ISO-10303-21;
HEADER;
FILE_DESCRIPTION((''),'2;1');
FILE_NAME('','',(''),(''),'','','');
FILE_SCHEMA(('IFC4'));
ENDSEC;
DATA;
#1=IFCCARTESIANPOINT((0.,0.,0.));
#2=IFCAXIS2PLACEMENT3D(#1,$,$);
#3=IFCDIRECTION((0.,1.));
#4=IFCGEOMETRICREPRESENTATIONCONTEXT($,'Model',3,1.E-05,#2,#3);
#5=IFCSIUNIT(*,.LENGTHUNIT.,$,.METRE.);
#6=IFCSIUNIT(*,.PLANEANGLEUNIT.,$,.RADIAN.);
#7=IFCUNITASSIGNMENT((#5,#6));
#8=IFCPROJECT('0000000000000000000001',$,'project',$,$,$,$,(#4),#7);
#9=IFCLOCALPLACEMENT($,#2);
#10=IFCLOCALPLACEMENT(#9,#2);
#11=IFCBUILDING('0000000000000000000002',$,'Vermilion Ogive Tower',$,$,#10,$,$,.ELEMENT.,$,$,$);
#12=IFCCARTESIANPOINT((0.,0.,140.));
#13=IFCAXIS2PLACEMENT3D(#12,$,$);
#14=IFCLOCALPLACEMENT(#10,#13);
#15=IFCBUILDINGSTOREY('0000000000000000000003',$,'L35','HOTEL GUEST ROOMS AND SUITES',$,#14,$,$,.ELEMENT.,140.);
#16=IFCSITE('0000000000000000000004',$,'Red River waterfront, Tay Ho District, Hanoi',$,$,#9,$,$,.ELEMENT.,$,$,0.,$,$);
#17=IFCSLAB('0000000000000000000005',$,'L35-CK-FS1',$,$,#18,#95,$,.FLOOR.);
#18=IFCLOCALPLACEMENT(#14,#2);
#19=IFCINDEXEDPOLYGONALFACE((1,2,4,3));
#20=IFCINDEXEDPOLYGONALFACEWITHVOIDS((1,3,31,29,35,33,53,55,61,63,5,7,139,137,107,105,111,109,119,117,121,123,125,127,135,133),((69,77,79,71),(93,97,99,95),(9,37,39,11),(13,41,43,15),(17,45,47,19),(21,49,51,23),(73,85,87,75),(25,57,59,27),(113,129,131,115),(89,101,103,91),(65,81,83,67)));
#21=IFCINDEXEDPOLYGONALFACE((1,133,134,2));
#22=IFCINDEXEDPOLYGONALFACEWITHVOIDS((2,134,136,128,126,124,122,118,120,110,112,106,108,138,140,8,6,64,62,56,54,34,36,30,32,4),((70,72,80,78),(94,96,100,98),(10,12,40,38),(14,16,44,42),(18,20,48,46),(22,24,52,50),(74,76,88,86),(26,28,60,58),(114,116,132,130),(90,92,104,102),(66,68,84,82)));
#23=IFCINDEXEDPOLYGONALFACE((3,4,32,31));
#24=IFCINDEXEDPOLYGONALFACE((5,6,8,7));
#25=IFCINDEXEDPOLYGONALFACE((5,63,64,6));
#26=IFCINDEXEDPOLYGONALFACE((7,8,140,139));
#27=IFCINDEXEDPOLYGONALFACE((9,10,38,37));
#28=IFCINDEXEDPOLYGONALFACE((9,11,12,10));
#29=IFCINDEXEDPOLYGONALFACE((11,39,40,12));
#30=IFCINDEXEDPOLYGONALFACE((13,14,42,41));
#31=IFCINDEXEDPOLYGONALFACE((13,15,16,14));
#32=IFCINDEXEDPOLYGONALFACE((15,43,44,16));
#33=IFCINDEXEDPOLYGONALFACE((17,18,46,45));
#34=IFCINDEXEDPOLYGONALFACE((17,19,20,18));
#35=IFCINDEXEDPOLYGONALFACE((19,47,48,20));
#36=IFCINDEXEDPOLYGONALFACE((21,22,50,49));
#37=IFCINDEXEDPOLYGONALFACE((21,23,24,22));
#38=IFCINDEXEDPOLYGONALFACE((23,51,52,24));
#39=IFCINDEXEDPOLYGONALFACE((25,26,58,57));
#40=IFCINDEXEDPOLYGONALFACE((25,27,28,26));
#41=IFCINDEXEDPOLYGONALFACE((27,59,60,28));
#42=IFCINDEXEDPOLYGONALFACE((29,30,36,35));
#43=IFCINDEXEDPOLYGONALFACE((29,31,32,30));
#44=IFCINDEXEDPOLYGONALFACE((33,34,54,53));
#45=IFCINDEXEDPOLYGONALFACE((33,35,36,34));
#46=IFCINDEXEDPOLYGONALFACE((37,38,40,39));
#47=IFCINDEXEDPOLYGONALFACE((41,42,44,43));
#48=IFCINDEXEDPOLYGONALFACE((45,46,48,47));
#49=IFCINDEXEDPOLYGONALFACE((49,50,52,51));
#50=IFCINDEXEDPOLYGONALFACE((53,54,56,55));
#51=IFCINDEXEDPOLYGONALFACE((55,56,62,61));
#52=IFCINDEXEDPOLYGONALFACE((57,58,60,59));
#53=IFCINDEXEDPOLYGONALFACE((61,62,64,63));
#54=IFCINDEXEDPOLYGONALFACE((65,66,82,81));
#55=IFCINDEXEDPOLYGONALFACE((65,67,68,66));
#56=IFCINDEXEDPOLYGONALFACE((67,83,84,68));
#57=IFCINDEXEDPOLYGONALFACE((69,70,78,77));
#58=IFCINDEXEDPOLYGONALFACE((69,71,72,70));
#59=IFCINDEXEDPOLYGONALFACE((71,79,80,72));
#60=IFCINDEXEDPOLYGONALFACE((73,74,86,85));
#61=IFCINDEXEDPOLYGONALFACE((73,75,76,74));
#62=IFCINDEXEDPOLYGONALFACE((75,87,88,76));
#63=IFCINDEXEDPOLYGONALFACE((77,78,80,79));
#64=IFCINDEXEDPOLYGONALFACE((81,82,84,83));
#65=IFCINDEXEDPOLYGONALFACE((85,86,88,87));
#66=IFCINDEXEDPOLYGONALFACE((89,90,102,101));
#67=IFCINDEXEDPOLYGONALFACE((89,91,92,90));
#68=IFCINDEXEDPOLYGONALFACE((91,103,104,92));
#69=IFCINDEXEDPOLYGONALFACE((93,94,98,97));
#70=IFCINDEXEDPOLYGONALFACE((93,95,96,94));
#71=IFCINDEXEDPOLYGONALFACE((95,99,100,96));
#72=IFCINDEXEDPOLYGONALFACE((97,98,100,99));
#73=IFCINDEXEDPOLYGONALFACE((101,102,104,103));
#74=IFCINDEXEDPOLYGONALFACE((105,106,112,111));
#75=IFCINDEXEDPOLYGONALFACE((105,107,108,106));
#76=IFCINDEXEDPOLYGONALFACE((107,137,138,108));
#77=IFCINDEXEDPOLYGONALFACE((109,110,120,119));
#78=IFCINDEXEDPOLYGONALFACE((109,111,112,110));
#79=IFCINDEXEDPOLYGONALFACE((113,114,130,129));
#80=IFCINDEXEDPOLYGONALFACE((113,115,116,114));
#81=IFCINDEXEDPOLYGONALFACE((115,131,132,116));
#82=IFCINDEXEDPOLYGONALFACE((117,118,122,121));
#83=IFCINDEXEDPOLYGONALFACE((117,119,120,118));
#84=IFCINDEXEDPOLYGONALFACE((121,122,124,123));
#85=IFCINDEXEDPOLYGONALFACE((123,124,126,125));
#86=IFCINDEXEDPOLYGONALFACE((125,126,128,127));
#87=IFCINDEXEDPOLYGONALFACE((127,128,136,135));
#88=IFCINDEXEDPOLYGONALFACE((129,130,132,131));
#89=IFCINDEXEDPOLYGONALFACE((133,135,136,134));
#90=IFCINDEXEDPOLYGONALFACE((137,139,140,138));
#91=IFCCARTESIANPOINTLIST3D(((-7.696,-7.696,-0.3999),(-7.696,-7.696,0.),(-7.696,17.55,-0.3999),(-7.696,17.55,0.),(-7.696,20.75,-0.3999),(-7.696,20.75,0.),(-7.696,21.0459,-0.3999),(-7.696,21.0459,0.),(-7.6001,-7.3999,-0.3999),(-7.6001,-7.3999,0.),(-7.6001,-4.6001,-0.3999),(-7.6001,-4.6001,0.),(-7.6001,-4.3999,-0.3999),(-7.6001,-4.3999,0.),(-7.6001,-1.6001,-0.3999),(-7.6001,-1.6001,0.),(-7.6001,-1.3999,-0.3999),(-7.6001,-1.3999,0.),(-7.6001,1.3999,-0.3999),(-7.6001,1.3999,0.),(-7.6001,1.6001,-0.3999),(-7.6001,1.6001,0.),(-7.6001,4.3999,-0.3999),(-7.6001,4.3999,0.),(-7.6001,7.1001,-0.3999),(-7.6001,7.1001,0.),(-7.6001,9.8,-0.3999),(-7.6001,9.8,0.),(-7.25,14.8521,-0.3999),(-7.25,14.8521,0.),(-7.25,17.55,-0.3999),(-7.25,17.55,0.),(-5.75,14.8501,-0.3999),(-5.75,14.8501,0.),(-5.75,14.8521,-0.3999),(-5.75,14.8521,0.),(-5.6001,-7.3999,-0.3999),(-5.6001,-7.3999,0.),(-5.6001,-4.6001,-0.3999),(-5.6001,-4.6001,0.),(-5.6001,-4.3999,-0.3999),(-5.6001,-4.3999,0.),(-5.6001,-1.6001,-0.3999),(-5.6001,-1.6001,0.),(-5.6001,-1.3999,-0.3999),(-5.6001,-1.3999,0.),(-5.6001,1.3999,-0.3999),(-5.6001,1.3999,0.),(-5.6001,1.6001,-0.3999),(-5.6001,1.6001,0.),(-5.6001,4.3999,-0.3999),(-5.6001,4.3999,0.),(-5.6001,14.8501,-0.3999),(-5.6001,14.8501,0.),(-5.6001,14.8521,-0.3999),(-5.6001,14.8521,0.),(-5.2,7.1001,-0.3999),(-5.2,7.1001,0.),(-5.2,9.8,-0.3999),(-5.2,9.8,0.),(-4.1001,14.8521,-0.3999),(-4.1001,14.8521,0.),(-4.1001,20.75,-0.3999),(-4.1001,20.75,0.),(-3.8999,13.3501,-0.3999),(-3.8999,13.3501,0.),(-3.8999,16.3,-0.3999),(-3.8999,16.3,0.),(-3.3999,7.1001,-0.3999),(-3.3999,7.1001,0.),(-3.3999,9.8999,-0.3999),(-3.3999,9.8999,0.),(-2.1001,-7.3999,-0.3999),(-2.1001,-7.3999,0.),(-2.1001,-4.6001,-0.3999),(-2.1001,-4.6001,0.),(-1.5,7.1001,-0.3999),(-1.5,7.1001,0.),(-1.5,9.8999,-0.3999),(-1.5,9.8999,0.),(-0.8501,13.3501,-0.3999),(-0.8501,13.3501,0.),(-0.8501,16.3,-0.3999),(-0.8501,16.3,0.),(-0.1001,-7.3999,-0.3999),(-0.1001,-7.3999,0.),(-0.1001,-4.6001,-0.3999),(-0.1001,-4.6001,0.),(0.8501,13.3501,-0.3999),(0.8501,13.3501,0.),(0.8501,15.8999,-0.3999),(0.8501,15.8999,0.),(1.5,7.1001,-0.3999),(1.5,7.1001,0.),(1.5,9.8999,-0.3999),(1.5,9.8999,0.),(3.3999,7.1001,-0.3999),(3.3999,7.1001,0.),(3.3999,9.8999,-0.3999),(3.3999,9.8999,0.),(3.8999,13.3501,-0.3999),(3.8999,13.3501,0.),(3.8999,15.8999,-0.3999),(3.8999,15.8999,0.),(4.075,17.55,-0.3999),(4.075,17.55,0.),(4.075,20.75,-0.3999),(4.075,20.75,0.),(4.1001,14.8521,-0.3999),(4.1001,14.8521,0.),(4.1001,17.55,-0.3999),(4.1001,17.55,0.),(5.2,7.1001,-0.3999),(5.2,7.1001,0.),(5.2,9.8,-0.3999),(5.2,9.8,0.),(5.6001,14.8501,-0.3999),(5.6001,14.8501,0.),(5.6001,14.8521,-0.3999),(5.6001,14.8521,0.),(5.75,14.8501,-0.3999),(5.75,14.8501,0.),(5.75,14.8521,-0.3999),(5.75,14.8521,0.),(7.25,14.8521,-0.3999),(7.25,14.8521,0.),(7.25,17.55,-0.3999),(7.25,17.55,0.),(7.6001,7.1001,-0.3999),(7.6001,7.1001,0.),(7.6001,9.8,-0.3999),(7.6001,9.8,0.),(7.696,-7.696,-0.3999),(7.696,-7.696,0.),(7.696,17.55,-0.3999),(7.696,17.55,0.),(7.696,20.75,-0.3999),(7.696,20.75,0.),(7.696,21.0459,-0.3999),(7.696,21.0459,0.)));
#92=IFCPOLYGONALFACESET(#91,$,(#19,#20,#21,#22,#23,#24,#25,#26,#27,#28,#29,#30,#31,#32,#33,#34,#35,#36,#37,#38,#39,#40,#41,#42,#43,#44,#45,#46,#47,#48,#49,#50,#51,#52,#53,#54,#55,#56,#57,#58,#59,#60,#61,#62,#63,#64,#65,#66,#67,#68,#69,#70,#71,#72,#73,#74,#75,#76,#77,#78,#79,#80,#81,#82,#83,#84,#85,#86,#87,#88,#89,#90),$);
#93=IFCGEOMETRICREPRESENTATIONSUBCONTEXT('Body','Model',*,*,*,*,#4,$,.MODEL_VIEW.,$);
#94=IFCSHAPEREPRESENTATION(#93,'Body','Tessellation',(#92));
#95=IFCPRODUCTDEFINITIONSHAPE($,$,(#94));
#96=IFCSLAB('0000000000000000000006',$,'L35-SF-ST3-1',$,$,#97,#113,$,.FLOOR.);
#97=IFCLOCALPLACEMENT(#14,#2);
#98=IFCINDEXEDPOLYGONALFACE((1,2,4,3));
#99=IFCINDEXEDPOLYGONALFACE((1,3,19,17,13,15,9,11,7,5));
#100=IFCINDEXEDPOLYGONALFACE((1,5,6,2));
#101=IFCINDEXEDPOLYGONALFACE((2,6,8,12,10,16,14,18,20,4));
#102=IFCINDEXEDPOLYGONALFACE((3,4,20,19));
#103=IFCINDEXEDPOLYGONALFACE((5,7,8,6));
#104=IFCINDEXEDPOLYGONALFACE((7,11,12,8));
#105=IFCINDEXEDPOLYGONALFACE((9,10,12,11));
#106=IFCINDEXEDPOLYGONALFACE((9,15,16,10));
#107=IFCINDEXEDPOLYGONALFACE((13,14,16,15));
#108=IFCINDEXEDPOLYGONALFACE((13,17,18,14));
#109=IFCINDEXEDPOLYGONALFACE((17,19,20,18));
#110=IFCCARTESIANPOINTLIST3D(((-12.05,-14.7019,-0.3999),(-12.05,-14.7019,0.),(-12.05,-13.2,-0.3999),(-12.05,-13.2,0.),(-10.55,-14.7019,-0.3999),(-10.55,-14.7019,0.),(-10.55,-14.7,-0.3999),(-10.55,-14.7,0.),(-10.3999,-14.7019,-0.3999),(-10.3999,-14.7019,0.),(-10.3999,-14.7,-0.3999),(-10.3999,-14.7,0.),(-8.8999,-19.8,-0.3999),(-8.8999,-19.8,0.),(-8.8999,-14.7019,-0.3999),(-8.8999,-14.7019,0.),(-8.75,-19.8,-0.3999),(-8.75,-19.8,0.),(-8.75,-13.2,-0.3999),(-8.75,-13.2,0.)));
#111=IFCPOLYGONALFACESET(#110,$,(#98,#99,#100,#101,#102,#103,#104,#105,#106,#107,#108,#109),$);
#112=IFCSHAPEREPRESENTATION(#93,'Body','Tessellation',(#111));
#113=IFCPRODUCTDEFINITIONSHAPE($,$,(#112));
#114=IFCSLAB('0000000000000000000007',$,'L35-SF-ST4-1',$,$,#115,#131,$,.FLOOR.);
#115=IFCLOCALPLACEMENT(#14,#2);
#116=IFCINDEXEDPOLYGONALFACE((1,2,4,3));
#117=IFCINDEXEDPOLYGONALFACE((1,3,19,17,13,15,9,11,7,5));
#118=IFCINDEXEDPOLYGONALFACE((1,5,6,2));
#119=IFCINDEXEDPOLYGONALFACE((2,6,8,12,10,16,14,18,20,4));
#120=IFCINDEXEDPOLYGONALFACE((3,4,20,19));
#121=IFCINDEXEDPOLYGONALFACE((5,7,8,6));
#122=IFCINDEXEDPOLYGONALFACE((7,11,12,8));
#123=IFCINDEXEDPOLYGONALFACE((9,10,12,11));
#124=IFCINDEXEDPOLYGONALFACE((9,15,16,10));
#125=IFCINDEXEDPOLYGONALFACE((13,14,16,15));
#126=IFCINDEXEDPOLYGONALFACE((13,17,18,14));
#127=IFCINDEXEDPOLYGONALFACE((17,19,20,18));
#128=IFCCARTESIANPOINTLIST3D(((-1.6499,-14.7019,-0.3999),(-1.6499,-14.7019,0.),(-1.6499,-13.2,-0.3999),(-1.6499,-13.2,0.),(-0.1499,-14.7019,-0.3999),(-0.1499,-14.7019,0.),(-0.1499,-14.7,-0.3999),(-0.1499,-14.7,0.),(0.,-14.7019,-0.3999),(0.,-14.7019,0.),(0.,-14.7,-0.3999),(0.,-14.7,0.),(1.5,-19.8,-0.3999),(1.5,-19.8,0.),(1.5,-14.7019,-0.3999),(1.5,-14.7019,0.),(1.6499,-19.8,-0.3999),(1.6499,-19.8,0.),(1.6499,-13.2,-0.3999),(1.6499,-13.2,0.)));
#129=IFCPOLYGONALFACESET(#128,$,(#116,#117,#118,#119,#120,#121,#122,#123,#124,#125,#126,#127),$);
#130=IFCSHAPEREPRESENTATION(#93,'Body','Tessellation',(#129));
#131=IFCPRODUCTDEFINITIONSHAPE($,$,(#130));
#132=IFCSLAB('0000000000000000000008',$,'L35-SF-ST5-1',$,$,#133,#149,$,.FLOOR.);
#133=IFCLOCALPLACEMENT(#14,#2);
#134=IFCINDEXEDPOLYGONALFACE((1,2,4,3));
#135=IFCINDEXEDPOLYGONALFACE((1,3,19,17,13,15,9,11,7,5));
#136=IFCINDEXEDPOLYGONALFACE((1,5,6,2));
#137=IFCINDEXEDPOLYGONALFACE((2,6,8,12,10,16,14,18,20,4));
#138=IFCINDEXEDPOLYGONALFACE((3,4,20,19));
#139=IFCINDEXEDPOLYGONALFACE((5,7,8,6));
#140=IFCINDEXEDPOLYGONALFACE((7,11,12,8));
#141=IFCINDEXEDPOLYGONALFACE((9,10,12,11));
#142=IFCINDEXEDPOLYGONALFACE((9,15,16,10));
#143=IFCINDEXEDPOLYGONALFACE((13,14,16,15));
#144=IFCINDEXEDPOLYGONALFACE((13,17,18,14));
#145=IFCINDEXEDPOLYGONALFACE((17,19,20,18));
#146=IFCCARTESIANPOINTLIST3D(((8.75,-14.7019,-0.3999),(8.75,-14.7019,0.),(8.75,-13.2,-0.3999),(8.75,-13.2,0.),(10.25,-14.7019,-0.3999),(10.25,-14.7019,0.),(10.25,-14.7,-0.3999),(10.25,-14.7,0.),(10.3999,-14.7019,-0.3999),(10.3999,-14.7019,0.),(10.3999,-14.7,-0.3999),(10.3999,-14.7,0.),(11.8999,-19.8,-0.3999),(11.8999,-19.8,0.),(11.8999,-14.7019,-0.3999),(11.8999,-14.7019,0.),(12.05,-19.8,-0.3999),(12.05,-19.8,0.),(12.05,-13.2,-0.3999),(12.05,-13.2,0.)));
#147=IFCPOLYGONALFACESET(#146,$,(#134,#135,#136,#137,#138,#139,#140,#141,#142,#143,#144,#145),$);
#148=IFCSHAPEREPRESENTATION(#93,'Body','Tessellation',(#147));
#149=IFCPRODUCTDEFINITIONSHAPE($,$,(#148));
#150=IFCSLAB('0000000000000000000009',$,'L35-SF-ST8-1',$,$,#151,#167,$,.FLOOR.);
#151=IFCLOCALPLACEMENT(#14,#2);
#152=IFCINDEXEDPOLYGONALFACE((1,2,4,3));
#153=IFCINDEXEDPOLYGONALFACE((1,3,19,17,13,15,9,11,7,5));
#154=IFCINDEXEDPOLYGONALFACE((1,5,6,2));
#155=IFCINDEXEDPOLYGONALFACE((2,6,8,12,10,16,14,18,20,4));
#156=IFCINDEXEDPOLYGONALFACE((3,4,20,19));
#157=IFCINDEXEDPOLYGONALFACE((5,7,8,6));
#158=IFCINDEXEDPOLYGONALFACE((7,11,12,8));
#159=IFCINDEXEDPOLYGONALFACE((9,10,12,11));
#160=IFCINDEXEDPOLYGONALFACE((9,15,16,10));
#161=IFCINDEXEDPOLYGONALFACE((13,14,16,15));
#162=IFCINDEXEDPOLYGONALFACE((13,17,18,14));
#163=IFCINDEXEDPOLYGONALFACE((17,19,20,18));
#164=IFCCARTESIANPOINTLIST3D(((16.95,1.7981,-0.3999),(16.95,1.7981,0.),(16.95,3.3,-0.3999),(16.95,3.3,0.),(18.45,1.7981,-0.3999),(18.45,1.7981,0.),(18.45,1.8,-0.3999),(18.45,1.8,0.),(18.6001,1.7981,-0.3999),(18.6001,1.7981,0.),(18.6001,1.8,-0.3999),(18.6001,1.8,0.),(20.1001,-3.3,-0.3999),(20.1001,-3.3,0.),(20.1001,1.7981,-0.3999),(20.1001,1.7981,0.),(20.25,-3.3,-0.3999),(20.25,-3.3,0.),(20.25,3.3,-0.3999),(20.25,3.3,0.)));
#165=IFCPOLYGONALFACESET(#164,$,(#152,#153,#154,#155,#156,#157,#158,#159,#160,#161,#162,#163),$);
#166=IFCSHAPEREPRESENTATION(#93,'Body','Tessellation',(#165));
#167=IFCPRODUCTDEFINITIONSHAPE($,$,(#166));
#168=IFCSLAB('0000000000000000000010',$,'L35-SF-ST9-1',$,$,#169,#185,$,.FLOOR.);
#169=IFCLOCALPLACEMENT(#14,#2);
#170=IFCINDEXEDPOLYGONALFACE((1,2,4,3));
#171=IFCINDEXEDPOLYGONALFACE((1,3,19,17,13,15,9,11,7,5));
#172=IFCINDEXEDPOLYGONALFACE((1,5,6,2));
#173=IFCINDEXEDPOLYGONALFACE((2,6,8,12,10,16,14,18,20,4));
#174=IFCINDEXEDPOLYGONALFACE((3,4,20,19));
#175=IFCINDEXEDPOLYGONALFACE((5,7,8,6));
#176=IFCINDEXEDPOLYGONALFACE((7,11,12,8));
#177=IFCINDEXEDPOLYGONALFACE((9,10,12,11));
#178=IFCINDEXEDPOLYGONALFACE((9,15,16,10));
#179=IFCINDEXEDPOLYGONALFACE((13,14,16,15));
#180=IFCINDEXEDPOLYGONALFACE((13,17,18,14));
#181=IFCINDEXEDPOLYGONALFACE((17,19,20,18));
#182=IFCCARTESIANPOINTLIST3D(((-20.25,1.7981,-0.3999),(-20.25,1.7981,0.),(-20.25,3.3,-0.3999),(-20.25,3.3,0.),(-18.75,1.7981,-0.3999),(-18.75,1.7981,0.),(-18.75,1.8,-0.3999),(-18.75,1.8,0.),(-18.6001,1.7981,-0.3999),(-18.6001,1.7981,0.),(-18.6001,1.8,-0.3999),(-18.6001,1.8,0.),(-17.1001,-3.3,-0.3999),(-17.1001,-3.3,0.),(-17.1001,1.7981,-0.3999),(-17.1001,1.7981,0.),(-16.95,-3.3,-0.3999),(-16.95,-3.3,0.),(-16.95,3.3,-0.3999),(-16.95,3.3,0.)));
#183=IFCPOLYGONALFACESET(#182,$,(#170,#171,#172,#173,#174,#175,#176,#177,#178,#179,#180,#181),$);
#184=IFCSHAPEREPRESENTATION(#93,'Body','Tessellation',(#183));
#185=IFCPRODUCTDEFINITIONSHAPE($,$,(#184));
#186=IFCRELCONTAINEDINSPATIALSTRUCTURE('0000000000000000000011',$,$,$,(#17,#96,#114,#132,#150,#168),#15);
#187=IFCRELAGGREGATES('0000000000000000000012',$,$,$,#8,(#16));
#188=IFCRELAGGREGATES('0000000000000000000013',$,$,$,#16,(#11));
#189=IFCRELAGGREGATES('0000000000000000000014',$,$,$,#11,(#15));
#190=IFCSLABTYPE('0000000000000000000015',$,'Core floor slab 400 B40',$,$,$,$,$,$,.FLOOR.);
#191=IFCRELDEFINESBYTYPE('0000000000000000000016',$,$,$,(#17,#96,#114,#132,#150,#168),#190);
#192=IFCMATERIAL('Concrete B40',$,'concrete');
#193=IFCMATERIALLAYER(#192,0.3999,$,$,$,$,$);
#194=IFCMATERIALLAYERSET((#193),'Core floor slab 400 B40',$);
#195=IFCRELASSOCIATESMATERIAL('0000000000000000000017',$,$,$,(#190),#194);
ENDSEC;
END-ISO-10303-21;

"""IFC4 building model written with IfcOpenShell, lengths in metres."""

from ifc_helpers import new_model, si_unit, direction, frame, origin, place, context, subcontext, project, spatial, polyline, outline, extrude, material, layer, layer_set, type_object, element, save


model = new_model("IFC4")

# Units and contexts
model_context = context("Model", 3, precision=1e-05, world=origin(), true_north=direction((0.0, 1.0)))
body_context = subcontext(model_context, "Body", "Model", "MODEL_VIEW")
ifc_project = project(units=[si_unit("LENGTHUNIT", "METRE"), si_unit("PLANEANGLEUNIT", "RADIAN")], contexts=[model_context])

# Site, building, storey
site_placement = place(None, origin())
site = spatial("IfcSite", under=ifc_project, at=site_placement, Name="Red River waterfront, Tay Ho District, Hanoi", CompositionType="ELEMENT", RefElevation=0.0)
building_placement = place(site_placement, origin())
building = spatial("IfcBuilding", under=site, at=building_placement, Name="Vermilion Ogive Tower", CompositionType="ELEMENT")
storey_placement = place(building_placement, frame((0.0, 0.0, 140.0)))
storey = spatial("IfcBuildingStorey", under=building, at=storey_placement, Name="L35", Description="HOTEL GUEST ROOMS AND SUITES", CompositionType="ELEMENT", Elevation=140.0)

# Slabs
ifc_material_1 = material(Name="Concrete B40", Category="concrete")
ifc_layer_1 = layer(ifc_material_1, 0.3999)
ifc_layer_set_1 = layer_set([ifc_layer_1], Name="Core floor slab 400 B40")
slab_type_1 = type_object("IfcSlabType", Name="Core floor slab 400 B40", PredefinedType="FLOOR", material=ifc_layer_set_1)
slab_1_placement = place(storey_placement, frame((0.0, 0.0, -0.3999)))
element("IfcSlab", 1, at=slab_1_placement, inside=storey, type_object=slab_type_1, Name="L35-CK-FS1", PredefinedType="FLOOR", context=body_context, shape_type="SweptSolid", body=[
    extrude(outline(polyline([(5.75, 14.8501), (5.6001, 14.8501), (5.6001, 14.8521), (4.1001, 14.8521), (4.1001, 17.55), (4.075, 17.55), (4.075, 20.75), (7.696, 20.75), (7.696, 21.0459), (-7.696, 21.0459), (-7.696, 20.75), (-4.1001, 20.75), (-4.1001, 14.8521), (-5.6001, 14.8521), (-5.6001, 14.8501), (-5.75, 14.8501), (-5.75, 14.8521), (-7.25, 14.8521), (-7.25, 17.55), (-7.696, 17.55), (-7.696, -7.696), (7.696, -7.696), (7.696, 17.55), (7.25, 17.55), (7.25, 14.8521), (5.75, 14.8521), (5.75, 14.8501)]), holes=[polyline([(-7.6001, -7.3999), (-7.6001, -4.6001), (-5.6001, -4.6001), (-5.6001, -7.3999), (-7.6001, -7.3999)]), polyline([(-7.6001, -4.3999), (-7.6001, -1.6001), (-5.6001, -1.6001), (-5.6001, -4.3999), (-7.6001, -4.3999)]), polyline([(-7.6001, -1.3999), (-7.6001, 1.3999), (-5.6001, 1.3999), (-5.6001, -1.3999), (-7.6001, -1.3999)]), polyline([(-7.6001, 1.6001), (-7.6001, 4.3999), (-5.6001, 4.3999), (-5.6001, 1.6001), (-7.6001, 1.6001)]), polyline([(-7.6001, 7.1001), (-7.6001, 9.8), (-5.2, 9.8), (-5.2, 7.1001), (-7.6001, 7.1001)]), polyline([(-3.3999, 9.8999), (-1.5, 9.8999), (-1.5, 7.1001), (-3.3999, 7.1001), (-3.3999, 9.8999)]), polyline([(-2.1001, -7.3999), (-2.1001, -4.6001), (-0.1001, -4.6001), (-0.1001, -7.3999), (-2.1001, -7.3999)]), polyline([(5.2, 7.1001), (5.2, 9.8), (7.6001, 9.8), (7.6001, 7.1001), (5.2, 7.1001)]), polyline([(1.5, 7.1001), (1.5, 9.8999), (3.3999, 9.8999), (3.3999, 7.1001), (1.5, 7.1001)]), polyline([(0.8501, 13.3501), (0.8501, 15.8999), (3.8999, 15.8999), (3.8999, 13.3501), (0.8501, 13.3501)]), polyline([(-3.8999, 16.3), (-0.8501, 16.3), (-0.8501, 13.3501), (-3.8999, 13.3501), (-3.8999, 16.3)])]), origin(), (0.0, 0.0, 1.0), 0.3999),
])
slab_2_placement = place(storey_placement, frame((0.0, 0.0, -0.3999)))
element("IfcSlab", 2, at=slab_2_placement, inside=storey, type_object=slab_type_1, Name="L35-SF-ST3-1", PredefinedType="FLOOR", context=body_context, shape_type="SweptSolid", body=[
    extrude(outline(polyline([(-12.05, -13.2), (-12.05, -14.7019), (-10.55, -14.7019), (-10.55, -14.7), (-10.3999, -14.7), (-10.3999, -14.7019), (-8.8999, -14.7019), (-8.8999, -19.8), (-8.75, -19.8), (-8.75, -13.2), (-12.05, -13.2)])), origin(), (0.0, 0.0, 1.0), 0.3999),
])
slab_3_placement = place(storey_placement, frame((0.0, 0.0, -0.3999)))
element("IfcSlab", 3, at=slab_3_placement, inside=storey, type_object=slab_type_1, Name="L35-SF-ST4-1", PredefinedType="FLOOR", context=body_context, shape_type="SweptSolid", body=[
    extrude(outline(polyline([(-1.6499, -13.2), (-1.6499, -14.7019), (-0.1499, -14.7019), (-0.1499, -14.7), (0.0, -14.7), (0.0, -14.7019), (1.5, -14.7019), (1.5, -19.8), (1.6499, -19.8), (1.6499, -13.2), (-1.6499, -13.2)])), origin(), (0.0, 0.0, 1.0), 0.3999),
])
slab_4_placement = place(storey_placement, frame((0.0, 0.0, -0.3999)))
element("IfcSlab", 4, at=slab_4_placement, inside=storey, type_object=slab_type_1, Name="L35-SF-ST5-1", PredefinedType="FLOOR", context=body_context, shape_type="SweptSolid", body=[
    extrude(outline(polyline([(8.75, -13.2), (8.75, -14.7019), (10.25, -14.7019), (10.25, -14.7), (10.3999, -14.7), (10.3999, -14.7019), (11.8999, -14.7019), (11.8999, -19.8), (12.05, -19.8), (12.05, -13.2), (8.75, -13.2)])), origin(), (0.0, 0.0, 1.0), 0.3999),
])
slab_5_placement = place(storey_placement, frame((0.0, 0.0, -0.3999)))
element("IfcSlab", 5, at=slab_5_placement, inside=storey, type_object=slab_type_1, Name="L35-SF-ST8-1", PredefinedType="FLOOR", context=body_context, shape_type="SweptSolid", body=[
    extrude(outline(polyline([(16.95, 3.3), (16.95, 1.7981), (18.45, 1.7981), (18.45, 1.8), (18.6001, 1.8), (18.6001, 1.7981), (20.1001, 1.7981), (20.1001, -3.3), (20.25, -3.3), (20.25, 3.3), (16.95, 3.3)])), origin(), (0.0, 0.0, 1.0), 0.3999),
])
slab_6_placement = place(storey_placement, frame((0.0, 0.0, -0.3999)))
element("IfcSlab", 6, at=slab_6_placement, inside=storey, type_object=slab_type_1, Name="L35-SF-ST9-1", PredefinedType="FLOOR", context=body_context, shape_type="SweptSolid", body=[
    extrude(outline(polyline([(-20.25, 3.3), (-20.25, 1.7981), (-18.75, 1.7981), (-18.75, 1.8), (-18.6001, 1.8), (-18.6001, 1.7981), (-17.1001, 1.7981), (-17.1001, -3.3), (-16.95, -3.3), (-16.95, 3.3), (-20.25, 3.3)])), origin(), (0.0, 0.0, 1.0), 0.3999),
])

save(model, "model.ifc")
